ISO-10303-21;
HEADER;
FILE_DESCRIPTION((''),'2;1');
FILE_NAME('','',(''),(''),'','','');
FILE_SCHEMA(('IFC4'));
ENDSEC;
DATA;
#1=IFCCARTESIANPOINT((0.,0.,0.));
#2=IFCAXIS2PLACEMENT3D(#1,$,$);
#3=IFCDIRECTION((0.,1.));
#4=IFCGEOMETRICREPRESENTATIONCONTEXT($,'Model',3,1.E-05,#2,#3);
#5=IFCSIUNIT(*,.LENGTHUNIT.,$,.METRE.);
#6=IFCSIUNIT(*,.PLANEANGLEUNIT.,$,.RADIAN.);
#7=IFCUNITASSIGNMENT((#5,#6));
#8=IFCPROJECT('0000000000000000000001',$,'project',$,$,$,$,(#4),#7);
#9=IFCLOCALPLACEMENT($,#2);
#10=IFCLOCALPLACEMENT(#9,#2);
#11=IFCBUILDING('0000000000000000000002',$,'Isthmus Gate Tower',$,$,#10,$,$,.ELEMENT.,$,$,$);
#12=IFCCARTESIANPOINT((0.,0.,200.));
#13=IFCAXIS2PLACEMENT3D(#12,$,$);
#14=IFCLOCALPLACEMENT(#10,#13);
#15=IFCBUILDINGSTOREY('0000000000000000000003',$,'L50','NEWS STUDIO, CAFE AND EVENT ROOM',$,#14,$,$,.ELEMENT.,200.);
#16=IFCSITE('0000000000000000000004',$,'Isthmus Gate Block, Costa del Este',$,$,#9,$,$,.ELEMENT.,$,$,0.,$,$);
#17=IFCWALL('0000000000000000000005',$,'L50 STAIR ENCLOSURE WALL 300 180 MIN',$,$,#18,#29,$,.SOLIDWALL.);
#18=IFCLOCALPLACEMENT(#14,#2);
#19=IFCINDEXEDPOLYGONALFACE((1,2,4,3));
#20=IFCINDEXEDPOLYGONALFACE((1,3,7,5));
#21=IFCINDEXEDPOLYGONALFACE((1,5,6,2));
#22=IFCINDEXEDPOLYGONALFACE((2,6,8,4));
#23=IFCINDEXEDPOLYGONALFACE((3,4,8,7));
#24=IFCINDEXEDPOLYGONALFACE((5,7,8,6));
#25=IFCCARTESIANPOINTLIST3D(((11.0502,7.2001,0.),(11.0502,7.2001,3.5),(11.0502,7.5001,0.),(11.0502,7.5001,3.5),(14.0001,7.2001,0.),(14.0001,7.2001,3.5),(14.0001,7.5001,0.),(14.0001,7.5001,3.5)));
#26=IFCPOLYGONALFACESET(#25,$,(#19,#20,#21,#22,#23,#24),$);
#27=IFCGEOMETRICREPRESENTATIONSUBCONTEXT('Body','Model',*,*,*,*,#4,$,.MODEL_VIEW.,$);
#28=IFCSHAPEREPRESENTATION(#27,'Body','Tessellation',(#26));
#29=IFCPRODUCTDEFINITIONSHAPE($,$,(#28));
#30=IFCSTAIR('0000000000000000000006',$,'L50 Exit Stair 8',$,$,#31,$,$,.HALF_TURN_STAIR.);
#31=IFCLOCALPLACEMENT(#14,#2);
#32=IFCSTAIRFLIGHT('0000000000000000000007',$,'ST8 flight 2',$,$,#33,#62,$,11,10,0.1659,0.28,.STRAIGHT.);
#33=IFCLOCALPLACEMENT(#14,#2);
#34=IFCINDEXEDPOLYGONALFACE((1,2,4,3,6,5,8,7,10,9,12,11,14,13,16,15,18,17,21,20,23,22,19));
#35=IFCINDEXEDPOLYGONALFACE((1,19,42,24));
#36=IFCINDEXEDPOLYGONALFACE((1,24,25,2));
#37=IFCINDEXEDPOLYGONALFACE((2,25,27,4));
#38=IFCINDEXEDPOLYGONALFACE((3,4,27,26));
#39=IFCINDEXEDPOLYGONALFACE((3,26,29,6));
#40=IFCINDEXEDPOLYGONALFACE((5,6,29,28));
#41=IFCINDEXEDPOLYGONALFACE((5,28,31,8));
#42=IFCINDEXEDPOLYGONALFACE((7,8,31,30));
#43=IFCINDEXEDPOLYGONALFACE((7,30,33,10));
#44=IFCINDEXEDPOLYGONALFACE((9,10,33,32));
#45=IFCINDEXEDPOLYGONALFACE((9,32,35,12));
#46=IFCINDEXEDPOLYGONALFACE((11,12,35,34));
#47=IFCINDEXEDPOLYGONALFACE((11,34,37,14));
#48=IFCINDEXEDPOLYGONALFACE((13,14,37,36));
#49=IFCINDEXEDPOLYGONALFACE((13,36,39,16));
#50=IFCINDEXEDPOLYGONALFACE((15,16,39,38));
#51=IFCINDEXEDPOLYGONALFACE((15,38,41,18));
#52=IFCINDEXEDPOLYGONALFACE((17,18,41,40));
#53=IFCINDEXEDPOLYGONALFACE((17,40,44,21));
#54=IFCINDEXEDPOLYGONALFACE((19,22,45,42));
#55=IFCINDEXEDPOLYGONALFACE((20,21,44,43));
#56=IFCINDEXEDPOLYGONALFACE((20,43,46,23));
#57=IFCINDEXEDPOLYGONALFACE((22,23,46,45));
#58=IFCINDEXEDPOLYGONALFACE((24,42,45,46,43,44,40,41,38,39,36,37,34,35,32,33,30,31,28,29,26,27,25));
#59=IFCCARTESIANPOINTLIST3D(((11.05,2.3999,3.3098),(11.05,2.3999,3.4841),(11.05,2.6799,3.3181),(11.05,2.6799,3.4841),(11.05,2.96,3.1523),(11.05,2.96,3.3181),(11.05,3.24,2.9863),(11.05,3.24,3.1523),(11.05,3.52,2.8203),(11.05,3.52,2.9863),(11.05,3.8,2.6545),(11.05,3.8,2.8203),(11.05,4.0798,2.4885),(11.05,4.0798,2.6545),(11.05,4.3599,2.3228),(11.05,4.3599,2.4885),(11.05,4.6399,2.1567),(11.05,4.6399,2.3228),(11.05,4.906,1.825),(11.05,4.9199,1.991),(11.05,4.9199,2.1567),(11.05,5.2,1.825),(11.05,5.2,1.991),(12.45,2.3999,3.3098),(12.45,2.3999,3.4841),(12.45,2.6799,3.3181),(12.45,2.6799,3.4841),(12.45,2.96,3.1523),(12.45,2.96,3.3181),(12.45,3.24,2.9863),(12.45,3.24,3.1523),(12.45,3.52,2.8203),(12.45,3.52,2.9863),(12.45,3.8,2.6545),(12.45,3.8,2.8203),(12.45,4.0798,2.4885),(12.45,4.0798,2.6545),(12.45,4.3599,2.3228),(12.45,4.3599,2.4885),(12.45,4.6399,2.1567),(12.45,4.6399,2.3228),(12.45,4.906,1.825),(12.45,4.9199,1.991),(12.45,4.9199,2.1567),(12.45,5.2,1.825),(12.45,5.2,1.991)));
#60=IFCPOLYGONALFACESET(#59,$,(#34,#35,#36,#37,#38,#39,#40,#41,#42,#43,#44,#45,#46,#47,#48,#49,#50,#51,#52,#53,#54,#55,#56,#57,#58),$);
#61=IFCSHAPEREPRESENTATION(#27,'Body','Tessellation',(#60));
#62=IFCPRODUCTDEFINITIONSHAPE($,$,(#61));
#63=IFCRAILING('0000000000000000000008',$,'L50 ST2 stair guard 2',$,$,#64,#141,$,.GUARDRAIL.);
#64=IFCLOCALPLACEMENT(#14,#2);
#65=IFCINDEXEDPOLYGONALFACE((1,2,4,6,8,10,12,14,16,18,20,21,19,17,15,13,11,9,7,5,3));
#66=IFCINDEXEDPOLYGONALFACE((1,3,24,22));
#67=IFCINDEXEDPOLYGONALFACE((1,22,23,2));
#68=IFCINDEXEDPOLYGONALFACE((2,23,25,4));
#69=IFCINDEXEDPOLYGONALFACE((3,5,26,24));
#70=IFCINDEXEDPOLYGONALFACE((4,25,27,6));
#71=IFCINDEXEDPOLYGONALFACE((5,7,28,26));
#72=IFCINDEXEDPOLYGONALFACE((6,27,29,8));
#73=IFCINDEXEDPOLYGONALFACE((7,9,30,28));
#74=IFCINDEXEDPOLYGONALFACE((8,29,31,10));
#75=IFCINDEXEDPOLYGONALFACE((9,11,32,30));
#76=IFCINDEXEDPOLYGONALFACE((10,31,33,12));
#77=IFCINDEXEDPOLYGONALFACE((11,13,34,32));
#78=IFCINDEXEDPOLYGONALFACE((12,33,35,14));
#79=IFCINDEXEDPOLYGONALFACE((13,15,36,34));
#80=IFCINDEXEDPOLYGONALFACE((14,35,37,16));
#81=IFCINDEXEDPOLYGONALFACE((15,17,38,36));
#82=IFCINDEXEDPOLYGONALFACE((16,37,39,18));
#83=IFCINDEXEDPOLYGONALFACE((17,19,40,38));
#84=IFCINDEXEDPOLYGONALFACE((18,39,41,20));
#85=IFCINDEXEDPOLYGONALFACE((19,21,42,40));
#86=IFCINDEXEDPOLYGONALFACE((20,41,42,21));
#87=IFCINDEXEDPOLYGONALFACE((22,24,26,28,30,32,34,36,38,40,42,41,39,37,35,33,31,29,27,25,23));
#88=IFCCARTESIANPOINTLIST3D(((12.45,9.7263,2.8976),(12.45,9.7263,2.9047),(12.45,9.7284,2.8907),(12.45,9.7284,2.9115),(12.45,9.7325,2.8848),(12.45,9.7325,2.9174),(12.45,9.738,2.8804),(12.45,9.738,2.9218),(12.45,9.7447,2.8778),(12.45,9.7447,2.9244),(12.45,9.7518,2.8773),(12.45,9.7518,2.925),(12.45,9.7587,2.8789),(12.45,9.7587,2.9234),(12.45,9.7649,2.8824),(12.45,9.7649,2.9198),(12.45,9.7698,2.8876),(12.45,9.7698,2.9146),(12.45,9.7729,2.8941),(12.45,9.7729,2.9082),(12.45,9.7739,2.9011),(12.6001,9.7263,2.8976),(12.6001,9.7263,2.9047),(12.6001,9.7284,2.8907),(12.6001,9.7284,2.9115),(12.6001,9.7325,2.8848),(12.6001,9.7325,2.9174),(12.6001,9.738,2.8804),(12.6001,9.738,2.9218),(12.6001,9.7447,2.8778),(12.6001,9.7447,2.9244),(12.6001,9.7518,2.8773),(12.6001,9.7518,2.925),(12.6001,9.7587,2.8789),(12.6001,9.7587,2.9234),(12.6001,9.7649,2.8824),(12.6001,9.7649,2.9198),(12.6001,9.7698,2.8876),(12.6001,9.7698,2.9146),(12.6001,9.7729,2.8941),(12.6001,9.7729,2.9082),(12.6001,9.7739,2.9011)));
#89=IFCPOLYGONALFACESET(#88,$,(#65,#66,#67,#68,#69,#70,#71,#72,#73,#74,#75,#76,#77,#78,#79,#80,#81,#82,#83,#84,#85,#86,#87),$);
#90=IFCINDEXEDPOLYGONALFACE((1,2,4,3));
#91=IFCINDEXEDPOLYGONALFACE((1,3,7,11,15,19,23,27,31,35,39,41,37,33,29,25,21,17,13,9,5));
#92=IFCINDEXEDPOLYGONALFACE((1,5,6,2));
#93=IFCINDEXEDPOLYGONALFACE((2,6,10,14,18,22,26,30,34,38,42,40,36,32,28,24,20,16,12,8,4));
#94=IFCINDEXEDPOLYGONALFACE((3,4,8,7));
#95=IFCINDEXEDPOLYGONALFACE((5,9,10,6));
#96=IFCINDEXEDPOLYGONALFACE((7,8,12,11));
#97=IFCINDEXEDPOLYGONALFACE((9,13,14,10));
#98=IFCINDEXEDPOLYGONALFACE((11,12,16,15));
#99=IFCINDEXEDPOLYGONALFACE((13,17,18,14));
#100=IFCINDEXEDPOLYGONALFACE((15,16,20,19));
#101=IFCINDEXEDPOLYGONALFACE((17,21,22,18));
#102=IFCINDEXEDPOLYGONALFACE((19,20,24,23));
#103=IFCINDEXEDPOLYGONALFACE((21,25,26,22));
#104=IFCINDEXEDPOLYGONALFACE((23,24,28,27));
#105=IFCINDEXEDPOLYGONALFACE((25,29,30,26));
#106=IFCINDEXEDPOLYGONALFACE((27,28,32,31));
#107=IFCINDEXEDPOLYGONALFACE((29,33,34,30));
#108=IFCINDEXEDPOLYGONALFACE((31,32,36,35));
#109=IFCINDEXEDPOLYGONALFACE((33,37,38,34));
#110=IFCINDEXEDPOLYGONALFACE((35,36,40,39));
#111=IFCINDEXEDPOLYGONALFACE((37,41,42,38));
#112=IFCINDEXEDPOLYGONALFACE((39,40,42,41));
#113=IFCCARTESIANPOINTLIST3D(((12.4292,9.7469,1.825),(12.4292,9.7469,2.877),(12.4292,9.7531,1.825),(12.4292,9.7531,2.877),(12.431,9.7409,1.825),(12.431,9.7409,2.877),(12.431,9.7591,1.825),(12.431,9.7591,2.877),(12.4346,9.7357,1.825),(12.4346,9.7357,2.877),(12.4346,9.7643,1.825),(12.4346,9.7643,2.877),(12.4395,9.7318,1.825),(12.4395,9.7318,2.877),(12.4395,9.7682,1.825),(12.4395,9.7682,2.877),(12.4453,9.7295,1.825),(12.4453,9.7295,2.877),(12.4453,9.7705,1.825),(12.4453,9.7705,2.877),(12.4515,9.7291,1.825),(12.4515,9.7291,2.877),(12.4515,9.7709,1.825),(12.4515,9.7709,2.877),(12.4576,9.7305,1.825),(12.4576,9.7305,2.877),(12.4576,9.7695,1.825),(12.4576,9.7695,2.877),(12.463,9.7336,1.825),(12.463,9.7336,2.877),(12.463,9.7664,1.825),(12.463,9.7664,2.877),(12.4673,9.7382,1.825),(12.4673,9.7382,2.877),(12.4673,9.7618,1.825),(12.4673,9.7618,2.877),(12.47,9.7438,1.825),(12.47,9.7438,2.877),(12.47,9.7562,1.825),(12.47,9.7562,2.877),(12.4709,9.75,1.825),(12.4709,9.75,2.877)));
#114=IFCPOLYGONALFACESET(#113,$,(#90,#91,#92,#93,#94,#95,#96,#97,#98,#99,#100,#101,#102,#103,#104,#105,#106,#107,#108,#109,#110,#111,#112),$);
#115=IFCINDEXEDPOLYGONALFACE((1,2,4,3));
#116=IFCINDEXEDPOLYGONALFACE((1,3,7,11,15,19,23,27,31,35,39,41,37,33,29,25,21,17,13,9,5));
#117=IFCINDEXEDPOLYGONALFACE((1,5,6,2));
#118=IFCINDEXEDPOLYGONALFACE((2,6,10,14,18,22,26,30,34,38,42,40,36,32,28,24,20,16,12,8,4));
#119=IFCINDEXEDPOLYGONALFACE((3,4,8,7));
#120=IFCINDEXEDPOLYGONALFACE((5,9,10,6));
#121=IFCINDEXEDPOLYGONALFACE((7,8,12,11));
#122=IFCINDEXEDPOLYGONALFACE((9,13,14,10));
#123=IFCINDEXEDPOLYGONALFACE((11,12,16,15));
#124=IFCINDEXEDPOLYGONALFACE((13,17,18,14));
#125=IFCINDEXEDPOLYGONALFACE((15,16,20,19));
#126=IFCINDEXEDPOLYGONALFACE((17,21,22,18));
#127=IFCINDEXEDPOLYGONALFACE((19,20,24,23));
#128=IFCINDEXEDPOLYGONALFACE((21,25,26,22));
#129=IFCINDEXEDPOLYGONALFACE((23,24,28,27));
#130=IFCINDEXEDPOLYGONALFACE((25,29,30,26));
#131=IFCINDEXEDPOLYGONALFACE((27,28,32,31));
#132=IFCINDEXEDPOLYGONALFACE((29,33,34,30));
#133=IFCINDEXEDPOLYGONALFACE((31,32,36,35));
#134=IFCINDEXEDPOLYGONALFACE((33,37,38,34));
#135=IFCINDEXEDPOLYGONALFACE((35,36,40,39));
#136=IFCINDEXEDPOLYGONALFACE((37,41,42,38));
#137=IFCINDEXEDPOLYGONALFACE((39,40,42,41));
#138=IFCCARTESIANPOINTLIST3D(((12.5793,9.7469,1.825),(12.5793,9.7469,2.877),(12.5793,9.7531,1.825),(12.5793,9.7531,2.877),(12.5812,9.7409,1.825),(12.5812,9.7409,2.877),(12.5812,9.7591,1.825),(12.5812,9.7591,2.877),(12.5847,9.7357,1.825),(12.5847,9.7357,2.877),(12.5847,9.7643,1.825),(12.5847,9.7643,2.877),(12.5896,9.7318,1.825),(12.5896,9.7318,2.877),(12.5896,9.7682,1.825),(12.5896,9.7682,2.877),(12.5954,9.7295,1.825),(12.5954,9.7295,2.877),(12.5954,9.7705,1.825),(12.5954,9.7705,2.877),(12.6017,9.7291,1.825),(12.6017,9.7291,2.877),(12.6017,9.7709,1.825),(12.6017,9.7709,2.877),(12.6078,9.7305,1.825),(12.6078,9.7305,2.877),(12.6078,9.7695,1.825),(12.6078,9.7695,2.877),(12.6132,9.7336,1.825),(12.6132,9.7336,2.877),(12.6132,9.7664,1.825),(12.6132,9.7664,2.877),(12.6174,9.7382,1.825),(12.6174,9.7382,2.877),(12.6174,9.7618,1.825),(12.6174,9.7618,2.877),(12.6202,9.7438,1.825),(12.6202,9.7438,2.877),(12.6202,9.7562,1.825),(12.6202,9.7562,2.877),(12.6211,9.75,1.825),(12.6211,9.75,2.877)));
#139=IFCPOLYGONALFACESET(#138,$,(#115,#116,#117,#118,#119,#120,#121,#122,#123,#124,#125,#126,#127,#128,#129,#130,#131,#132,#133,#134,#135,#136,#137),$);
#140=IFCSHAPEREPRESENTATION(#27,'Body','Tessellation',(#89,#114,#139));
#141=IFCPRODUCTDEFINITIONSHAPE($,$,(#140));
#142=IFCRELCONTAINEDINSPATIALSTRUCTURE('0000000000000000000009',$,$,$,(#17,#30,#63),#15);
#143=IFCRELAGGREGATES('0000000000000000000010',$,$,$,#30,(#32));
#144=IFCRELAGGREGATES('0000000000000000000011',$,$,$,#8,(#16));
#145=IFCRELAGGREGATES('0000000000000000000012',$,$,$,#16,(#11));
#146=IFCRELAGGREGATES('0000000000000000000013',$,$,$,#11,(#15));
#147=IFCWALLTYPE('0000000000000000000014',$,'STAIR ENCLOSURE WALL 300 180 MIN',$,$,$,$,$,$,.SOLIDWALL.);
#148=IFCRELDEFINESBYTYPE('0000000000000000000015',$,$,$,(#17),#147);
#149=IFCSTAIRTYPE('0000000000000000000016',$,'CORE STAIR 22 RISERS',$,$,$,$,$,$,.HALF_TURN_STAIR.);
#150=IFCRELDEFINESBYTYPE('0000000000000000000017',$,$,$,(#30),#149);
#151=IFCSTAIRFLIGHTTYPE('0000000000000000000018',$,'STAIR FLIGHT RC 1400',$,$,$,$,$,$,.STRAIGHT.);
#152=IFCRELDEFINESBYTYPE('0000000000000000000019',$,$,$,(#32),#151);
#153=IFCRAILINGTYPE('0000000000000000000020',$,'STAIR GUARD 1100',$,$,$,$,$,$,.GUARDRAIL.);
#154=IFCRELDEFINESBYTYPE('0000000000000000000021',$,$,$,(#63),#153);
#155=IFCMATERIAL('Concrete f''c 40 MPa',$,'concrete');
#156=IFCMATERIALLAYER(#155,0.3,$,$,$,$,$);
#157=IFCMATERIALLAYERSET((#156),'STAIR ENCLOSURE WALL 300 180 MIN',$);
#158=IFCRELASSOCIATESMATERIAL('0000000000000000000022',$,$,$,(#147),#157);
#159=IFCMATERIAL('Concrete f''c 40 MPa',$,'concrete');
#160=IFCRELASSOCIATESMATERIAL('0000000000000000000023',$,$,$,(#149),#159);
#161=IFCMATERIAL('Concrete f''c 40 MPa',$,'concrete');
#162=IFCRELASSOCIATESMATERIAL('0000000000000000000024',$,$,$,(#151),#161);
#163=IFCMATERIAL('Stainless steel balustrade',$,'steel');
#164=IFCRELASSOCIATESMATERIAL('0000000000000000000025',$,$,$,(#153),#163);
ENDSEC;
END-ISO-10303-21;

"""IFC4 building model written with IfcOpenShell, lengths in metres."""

from ifc_helpers import new_model, si_unit, direction, frame, frame_2d, origin, origin_2d, place, context, subcontext, project, spatial, polyline, rectangle, circle, outline, extrude, material, layer, layer_set, type_object, element, aggregate, save


model = new_model("IFC4")

# Units and contexts
model_context = context("Model", 3, precision=1e-05, world=origin(), true_north=direction((0.0, 1.0)))
body_context = subcontext(model_context, "Body", "Model", "MODEL_VIEW")
ifc_project = project(units=[si_unit("LENGTHUNIT", "METRE"), si_unit("PLANEANGLEUNIT", "RADIAN")], contexts=[model_context])

# Site, building, storey
site_placement = place(None, origin())
site = spatial("IfcSite", under=ifc_project, at=site_placement, Name="Isthmus Gate Block, Costa del Este", CompositionType="ELEMENT", RefElevation=0.0)
building_placement = place(site_placement, origin())
building = spatial("IfcBuilding", under=site, at=building_placement, Name="Isthmus Gate Tower", CompositionType="ELEMENT")
storey_placement = place(building_placement, frame((0.0, 0.0, 200.0)))
storey = spatial("IfcBuildingStorey", under=building, at=storey_placement, Name="L50", Description="NEWS STUDIO, CAFE AND EVENT ROOM", CompositionType="ELEMENT", Elevation=200.0)

# Wall
ifc_material_1 = material(Name="Concrete f'c 40 MPa", Category="concrete")
ifc_layer_1 = layer(ifc_material_1, 0.3)
ifc_layer_set_1 = layer_set([ifc_layer_1], Name="STAIR ENCLOSURE WALL 300 180 MIN")
wall_type_1 = type_object("IfcWallType", Name="STAIR ENCLOSURE WALL 300 180 MIN", PredefinedType="SOLIDWALL", material=ifc_layer_set_1)
wall_1_placement = place(storey_placement, frame((11.05, 7.3501, 0.0), z_axis=(0.0, 0.0, 1.0), x_axis=(1.0, 0.0, 0.0)))
element("IfcWall", 1, at=wall_1_placement, inside=storey, type_object=wall_type_1, Name="L50 STAIR ENCLOSURE WALL 300 180 MIN", PredefinedType="SOLIDWALL", context=body_context, shape_type="SweptSolid", body=[
    extrude(rectangle(XDim=2.95, YDim=0.3, at=frame_2d((1.4751, 0.0))), origin(), (0.0, 0.0, 1.0), 3.5),
])

# Stair, stair flight
ifc_material_2 = material(Name="Concrete f'c 40 MPa", Category="concrete")
stair_type = type_object("IfcStairType", Name="CORE STAIR 22 RISERS", PredefinedType="HALF_TURN_STAIR", material=ifc_material_2)
stair_placement = place(storey_placement, origin())
stair = element("IfcStair", 2, at=stair_placement, inside=storey, type_object=stair_type, Name="L50 Exit Stair 8", PredefinedType="HALF_TURN_STAIR")
ifc_material_3 = material(Name="Concrete f'c 40 MPa", Category="concrete")
stair_flight_type = type_object("IfcStairFlightType", Name="STAIR FLIGHT RC 1400", PredefinedType="STRAIGHT", material=ifc_material_3)
stair_flight_placement = place(storey_placement, frame((11.75, 5.2, 1.825), z_axis=(0.0, 0.0, 1.0), x_axis=(0.0, -1.0, 0.0)))
stair_flight = element("IfcStairFlight", 3, at=stair_flight_placement, type_object=stair_flight_type, Name="ST8 flight 2", NumberOfRisers=11, NumberOfTreads=10, PredefinedType="STRAIGHT", RiserHeight=0.1659, TreadLength=0.28, context=body_context, shape_type="SweptSolid", body=[
    extrude(outline(polyline([(0.0, 0.0), (0.0, 0.166), (0.28, 0.166), (0.28, 0.3318), (0.5601, 0.3318), (0.5601, 0.4978), (0.8401, 0.4978), (0.8401, 0.6636), (1.1201, 0.6636), (1.1201, 0.8296), (1.3999, 0.8296), (1.3999, 0.9954), (1.6799, 0.9954), (1.6799, 1.1614), (1.96, 1.1614), (1.96, 1.3274), (2.24, 1.3274), (2.24, 1.4932), (2.52, 1.4932), (2.52, 1.6592), (2.8, 1.6592), (2.8, 1.825), (2.8, 1.4849), (0.2939, 0.0), (0.0, 0.0)])), frame((0.0, 0.7, 0.0), z_axis=(0.0, -1.0, 0.0), x_axis=(1.0, 0.0, 0.0)), (0.0, 0.0, 1.0), 1.3999),
])
aggregate(stair, [stair_flight])

# Railing
ifc_material_4 = material(Name="Stainless steel balustrade", Category="steel")
railing_type_1 = type_object("IfcRailingType", Name="STAIR GUARD 1100", PredefinedType="GUARDRAIL", material=ifc_material_4)
railing_1_placement = place(storey_placement, frame((12.45, 9.75, 1.825)))
element("IfcRailing", 4, at=railing_1_placement, inside=storey, type_object=railing_type_1, Name="L50 ST2 stair guard 2", PredefinedType="GUARDRAIL", context=body_context, shape_type="SweptSolid", body=[
    extrude(circle(Radius=0.0239, at=origin_2d()), frame((0.0, 0.0, 1.0762), z_axis=(1.0, 0.0, 0.0), x_axis=(0.0, 1.0, 0.0)), (0.0, 0.0, 1.0), 0.1501),
    extrude(circle(Radius=0.021, at=origin_2d()), origin(), (0.0, 0.0, 1.0), 1.052),
    extrude(circle(Radius=0.021, at=origin_2d()), frame((0.1501, 0.0, 0.0)), (0.0, 0.0, 1.0), 1.052),
])

save(model, "model.ifc")
